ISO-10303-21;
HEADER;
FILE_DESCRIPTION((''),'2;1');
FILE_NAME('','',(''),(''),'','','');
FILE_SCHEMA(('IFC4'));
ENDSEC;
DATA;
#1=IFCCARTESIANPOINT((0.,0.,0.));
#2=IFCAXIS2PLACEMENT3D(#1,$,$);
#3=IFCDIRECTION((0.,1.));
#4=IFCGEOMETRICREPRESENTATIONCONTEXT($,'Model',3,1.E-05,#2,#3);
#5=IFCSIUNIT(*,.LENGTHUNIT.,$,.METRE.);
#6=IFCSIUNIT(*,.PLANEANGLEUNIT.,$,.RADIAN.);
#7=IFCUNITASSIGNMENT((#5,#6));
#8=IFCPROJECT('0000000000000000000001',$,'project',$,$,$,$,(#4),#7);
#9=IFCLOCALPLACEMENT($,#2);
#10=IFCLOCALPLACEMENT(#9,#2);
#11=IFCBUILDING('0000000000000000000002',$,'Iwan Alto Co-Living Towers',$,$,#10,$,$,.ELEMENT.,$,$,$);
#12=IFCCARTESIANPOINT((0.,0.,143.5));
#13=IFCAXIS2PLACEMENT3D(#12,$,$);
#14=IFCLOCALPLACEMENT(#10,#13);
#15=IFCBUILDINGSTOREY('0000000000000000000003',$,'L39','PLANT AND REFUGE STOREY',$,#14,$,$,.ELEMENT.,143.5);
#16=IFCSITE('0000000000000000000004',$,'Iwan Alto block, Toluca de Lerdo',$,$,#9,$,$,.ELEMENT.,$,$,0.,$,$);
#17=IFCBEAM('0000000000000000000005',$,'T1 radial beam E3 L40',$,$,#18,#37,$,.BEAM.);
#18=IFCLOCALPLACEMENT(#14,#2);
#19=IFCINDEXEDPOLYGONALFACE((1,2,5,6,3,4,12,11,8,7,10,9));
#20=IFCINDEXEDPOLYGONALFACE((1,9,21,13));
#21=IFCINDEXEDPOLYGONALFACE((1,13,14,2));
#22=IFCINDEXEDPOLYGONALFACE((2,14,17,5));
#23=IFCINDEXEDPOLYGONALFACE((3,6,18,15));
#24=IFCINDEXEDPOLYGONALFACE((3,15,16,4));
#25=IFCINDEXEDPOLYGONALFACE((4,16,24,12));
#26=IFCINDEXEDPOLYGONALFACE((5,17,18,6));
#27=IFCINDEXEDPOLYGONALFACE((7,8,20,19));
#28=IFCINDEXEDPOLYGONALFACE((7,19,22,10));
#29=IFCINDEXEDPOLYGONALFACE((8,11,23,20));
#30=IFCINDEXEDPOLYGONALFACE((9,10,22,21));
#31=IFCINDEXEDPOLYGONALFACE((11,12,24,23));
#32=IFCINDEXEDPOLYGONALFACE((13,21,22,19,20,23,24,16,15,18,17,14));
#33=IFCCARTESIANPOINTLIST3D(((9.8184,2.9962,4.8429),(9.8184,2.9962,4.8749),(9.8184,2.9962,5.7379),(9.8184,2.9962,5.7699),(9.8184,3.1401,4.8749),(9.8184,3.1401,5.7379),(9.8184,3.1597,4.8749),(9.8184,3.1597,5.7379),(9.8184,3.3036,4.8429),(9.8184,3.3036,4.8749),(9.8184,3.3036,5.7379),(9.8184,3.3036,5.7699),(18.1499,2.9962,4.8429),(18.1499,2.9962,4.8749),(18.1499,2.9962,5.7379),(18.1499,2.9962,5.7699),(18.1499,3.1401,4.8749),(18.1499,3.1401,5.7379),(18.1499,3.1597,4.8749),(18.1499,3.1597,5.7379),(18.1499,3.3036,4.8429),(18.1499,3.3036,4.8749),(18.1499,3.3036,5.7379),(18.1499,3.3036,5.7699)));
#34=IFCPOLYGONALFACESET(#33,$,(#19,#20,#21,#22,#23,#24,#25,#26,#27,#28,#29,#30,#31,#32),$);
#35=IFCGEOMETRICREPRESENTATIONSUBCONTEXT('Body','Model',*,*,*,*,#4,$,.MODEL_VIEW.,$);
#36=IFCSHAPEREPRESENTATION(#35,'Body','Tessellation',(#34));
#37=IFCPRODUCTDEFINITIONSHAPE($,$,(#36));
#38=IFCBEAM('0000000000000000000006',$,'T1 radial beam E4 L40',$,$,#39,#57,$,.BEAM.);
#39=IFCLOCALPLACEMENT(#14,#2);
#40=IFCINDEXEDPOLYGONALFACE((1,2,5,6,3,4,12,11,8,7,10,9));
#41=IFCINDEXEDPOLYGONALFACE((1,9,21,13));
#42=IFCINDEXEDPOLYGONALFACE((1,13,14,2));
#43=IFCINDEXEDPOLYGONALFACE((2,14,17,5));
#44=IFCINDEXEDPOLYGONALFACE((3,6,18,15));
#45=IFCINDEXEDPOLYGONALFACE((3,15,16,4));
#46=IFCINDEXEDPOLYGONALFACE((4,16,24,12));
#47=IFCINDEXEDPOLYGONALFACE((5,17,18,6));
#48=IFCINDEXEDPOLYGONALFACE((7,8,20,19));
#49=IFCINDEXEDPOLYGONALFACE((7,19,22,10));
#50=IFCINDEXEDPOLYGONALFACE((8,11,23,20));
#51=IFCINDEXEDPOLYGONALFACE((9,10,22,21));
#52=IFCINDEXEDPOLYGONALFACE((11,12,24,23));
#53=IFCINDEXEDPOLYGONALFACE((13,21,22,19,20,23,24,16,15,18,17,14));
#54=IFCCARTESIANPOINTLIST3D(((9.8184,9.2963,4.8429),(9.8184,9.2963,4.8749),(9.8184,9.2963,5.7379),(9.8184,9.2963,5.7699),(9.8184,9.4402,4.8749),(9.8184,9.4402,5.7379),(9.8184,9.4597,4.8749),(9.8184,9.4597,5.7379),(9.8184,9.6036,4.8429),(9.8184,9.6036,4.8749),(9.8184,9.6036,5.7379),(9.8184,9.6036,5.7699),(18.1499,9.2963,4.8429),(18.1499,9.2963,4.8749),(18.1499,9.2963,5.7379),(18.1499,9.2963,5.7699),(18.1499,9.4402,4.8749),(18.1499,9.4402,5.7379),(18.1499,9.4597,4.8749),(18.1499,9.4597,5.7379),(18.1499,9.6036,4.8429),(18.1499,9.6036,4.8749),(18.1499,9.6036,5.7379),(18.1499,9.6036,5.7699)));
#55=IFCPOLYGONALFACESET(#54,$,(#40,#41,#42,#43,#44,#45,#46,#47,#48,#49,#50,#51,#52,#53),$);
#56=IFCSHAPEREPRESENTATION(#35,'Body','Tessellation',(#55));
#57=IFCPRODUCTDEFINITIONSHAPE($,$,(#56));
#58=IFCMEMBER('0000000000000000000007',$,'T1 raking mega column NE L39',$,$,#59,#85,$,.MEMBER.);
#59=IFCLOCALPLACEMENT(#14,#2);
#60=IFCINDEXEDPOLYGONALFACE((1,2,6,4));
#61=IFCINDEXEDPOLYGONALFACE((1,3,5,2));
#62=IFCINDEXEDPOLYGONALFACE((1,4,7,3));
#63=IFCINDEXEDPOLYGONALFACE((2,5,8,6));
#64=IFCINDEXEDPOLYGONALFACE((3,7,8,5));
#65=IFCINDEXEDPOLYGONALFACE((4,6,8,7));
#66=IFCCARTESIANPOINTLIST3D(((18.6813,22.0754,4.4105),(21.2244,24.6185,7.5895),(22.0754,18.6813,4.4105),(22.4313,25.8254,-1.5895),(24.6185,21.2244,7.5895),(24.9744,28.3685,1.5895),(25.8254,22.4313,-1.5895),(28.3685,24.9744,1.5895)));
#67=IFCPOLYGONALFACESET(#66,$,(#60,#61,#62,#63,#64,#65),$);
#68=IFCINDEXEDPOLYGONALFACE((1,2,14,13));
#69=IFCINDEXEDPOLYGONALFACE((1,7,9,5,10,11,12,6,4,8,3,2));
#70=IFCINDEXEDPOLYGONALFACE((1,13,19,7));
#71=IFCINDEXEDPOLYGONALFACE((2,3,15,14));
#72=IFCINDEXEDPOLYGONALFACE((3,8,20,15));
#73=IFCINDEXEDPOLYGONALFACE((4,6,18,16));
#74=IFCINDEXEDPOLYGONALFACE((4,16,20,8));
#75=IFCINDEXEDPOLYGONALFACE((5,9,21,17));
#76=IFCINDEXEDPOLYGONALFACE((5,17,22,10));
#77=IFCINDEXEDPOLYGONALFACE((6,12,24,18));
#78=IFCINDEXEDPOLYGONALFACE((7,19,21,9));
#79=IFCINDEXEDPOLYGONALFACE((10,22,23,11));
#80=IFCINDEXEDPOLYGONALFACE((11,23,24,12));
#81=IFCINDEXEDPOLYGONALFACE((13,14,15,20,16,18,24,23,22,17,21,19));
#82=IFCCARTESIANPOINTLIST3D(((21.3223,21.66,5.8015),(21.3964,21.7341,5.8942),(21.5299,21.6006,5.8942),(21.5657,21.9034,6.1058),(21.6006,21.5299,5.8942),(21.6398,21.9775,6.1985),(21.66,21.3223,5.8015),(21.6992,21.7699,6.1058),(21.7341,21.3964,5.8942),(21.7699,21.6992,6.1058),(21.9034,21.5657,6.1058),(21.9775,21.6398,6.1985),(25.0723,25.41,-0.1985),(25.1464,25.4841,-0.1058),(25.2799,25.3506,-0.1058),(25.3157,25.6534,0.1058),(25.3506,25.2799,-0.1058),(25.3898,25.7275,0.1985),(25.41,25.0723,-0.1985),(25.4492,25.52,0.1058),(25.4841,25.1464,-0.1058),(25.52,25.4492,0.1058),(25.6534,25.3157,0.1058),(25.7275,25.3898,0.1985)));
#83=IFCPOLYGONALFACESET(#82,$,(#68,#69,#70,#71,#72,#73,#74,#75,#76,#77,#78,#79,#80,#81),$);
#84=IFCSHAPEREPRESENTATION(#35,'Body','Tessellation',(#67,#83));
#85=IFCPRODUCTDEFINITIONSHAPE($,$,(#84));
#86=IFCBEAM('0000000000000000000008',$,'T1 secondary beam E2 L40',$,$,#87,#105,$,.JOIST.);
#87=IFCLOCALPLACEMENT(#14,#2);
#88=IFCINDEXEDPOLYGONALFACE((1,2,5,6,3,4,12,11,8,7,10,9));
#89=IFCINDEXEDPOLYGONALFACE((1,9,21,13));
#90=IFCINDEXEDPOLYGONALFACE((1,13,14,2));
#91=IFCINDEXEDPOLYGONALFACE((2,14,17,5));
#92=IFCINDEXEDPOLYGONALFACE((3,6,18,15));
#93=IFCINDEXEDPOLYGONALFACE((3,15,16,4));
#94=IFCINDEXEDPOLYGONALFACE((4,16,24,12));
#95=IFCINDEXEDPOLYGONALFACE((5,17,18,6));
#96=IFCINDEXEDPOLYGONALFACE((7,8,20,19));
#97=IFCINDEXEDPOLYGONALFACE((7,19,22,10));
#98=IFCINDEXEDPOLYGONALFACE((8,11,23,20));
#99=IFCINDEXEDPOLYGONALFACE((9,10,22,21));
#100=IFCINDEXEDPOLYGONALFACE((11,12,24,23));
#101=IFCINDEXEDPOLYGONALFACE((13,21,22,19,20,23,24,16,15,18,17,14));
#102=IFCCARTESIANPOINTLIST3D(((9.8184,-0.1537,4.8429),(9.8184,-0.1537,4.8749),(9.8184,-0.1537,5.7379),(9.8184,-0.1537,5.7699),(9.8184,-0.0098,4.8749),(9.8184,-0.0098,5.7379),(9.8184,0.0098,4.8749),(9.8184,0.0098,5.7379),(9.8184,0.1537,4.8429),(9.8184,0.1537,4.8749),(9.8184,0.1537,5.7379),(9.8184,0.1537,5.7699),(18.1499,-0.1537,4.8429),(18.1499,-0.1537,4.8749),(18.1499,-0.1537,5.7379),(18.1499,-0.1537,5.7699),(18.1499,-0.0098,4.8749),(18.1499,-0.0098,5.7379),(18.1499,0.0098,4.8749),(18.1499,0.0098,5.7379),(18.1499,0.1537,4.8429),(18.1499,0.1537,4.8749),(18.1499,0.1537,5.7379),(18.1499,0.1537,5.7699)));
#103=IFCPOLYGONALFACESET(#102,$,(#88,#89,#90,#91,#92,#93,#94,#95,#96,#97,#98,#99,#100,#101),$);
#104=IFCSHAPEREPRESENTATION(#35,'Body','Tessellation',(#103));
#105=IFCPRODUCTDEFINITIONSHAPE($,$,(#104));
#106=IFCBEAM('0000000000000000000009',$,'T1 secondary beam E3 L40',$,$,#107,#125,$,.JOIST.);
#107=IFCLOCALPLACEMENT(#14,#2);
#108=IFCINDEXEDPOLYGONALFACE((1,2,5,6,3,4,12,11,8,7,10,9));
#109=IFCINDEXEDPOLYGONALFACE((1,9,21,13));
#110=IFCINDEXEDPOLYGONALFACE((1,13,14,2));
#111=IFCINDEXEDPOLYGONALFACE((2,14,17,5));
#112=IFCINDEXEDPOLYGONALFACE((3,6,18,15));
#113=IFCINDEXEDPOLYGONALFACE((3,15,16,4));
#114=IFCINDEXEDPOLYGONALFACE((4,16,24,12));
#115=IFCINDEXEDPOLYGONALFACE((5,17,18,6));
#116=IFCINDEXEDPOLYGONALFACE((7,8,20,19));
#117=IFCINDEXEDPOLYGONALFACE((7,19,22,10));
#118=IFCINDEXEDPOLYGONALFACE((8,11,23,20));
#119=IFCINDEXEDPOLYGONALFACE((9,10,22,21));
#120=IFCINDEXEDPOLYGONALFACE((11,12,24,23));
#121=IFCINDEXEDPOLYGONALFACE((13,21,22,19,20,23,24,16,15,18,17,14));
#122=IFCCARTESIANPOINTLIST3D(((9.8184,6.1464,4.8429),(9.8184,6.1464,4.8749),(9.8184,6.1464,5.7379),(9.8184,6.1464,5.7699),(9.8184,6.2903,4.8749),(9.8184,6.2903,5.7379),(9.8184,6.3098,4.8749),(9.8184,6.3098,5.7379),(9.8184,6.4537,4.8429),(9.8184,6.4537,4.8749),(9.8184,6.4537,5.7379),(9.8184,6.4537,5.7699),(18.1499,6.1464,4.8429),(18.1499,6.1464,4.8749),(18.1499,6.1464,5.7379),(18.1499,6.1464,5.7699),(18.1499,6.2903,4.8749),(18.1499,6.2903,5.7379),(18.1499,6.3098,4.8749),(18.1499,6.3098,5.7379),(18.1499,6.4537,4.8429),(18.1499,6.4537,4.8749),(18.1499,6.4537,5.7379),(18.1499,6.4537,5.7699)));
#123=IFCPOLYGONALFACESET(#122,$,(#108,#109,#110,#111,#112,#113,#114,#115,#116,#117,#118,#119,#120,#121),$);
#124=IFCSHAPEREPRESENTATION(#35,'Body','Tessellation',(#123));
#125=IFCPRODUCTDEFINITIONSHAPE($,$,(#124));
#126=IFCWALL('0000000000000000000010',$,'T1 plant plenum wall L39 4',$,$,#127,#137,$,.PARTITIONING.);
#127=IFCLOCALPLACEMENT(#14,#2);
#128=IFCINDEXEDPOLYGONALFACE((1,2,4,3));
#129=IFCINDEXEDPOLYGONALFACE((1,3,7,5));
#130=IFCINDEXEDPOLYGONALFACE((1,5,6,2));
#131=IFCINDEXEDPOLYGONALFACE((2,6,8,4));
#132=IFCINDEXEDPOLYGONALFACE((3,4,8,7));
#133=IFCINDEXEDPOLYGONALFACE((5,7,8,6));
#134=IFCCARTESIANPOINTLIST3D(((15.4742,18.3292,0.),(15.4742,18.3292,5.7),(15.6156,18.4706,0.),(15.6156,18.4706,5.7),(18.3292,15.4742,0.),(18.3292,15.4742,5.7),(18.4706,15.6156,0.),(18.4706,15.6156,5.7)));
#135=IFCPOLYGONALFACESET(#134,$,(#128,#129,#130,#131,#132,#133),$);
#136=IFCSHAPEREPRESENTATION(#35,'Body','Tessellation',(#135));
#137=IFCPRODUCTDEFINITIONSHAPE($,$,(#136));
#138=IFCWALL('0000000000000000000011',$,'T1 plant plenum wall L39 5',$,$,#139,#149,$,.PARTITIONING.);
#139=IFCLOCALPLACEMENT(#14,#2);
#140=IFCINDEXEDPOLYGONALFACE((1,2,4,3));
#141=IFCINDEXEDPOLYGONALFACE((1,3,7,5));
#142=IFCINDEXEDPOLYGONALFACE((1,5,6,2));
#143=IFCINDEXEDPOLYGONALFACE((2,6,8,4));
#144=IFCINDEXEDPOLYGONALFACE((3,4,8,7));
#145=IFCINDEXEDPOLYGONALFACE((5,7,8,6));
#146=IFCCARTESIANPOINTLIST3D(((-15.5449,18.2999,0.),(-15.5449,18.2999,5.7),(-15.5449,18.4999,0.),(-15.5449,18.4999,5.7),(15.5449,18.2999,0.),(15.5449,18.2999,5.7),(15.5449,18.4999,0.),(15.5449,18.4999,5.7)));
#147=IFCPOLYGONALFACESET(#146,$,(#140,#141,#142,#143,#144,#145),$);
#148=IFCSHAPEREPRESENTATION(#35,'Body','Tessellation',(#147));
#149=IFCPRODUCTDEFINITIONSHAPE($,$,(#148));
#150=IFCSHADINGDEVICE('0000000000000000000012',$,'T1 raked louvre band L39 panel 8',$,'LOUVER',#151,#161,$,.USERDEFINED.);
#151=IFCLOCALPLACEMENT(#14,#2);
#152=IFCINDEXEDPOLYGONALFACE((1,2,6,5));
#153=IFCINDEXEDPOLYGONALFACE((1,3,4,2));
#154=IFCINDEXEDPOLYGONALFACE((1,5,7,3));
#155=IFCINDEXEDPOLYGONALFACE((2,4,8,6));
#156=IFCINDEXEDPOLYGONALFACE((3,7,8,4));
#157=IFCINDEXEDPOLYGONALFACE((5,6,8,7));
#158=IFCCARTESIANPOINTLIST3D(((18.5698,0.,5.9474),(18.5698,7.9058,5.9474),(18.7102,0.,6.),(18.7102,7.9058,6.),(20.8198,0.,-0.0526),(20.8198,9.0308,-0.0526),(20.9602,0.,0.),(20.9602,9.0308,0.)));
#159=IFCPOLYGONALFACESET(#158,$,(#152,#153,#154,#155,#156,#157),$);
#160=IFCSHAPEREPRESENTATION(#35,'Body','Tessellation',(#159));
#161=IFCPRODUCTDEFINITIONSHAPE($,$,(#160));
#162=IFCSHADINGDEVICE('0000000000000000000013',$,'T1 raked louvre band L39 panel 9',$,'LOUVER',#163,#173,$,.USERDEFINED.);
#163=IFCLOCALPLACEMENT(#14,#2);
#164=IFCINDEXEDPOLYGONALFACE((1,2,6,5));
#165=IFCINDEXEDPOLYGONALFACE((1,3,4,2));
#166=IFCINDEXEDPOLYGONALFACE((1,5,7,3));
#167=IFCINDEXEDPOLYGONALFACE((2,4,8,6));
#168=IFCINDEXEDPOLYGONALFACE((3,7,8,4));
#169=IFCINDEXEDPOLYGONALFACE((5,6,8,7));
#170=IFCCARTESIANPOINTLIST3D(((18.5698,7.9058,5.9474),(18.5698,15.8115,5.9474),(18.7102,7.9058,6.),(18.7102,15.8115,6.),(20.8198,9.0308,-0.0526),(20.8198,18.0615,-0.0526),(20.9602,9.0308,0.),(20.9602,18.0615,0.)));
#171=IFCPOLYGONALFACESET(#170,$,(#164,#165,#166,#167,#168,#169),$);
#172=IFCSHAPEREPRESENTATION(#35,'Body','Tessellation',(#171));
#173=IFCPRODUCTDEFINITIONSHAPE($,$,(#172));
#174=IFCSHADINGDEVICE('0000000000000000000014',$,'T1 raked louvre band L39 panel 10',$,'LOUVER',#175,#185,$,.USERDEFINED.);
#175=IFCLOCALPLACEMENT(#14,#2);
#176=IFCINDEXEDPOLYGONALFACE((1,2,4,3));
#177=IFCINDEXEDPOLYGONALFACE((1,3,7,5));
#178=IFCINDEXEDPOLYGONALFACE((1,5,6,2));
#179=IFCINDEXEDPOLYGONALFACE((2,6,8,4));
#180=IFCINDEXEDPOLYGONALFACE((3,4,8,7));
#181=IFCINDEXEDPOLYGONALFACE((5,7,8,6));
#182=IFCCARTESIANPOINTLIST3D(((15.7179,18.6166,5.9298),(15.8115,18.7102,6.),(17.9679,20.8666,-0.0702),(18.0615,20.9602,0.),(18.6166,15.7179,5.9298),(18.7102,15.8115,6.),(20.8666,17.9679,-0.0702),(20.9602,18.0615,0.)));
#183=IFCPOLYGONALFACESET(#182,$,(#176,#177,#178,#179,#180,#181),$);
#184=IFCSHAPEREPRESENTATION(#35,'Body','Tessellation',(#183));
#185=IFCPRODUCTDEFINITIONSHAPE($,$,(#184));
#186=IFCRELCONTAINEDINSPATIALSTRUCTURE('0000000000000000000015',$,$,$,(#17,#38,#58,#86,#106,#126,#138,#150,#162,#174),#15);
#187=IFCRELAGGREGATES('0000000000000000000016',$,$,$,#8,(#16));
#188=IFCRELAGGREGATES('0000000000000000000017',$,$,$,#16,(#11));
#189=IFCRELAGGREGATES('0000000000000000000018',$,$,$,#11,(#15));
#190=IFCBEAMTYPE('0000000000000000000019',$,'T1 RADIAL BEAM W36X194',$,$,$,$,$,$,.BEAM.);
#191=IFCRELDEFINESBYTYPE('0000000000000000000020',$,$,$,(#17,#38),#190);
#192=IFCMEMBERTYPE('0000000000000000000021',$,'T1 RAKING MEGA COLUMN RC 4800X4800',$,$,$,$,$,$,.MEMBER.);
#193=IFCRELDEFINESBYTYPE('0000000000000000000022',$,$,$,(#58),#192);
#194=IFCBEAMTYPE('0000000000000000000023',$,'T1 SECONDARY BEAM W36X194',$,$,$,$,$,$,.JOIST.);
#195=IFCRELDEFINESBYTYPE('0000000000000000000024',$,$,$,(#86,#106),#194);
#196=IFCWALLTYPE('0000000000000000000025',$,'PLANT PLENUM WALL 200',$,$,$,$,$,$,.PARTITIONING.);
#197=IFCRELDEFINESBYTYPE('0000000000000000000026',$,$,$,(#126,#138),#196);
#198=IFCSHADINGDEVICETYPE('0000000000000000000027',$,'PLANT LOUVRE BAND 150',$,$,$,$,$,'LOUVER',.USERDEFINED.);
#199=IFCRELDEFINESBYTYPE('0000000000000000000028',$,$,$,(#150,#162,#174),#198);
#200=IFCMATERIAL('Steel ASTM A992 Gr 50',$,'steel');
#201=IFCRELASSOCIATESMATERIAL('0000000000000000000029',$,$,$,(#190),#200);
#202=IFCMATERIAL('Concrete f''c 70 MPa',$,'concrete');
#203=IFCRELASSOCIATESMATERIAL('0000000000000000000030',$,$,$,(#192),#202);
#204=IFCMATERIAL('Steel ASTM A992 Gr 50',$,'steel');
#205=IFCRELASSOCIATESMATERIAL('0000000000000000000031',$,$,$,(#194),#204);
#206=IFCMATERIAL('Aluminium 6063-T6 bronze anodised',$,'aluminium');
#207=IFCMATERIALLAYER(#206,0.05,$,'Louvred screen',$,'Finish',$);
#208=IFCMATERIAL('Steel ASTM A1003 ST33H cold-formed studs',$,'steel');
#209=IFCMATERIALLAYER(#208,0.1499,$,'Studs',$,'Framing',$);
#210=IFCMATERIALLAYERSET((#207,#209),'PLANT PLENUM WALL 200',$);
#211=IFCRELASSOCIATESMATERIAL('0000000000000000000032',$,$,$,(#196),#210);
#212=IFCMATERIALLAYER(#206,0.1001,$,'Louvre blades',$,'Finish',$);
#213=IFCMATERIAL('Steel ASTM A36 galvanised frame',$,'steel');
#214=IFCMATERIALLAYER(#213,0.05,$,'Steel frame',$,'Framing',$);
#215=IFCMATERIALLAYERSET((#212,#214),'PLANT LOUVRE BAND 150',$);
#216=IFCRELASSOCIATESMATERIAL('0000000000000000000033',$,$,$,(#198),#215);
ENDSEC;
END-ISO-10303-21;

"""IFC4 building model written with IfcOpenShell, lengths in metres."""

from ifc_helpers import new_model, si_unit, direction, frame, frame_2d, origin, origin_2d, place, context, subcontext, project, spatial, polyline, rectangle, i_section, outline, extrude, material, layer, layer_set, material_profile, profile_set, type_object, element, save


model = new_model("IFC4")

# Units and contexts
model_context = context("Model", 3, precision=1e-05, world=origin(), true_north=direction((0.0, 1.0)))
body_context = subcontext(model_context, "Body", "Model", "MODEL_VIEW")
ifc_project = project(units=[si_unit("LENGTHUNIT", "METRE"), si_unit("PLANEANGLEUNIT", "RADIAN")], contexts=[model_context])

# Site, building, storey
site_placement = place(None, origin())
site = spatial("IfcSite", under=ifc_project, at=site_placement, Name="Iwan Alto block, Toluca de Lerdo", CompositionType="ELEMENT", RefElevation=0.0)
building_placement = place(site_placement, origin())
building = spatial("IfcBuilding", under=site, at=building_placement, Name="Iwan Alto Co-Living Towers", CompositionType="ELEMENT")
storey_placement = place(building_placement, frame((0.0, 0.0, 143.5)))
storey = spatial("IfcBuildingStorey", under=building, at=storey_placement, Name="L39", Description="PLANT AND REFUGE STOREY", CompositionType="ELEMENT", Elevation=143.5)

# Beams
ifc_material_1 = material(Name="Steel ASTM A992 Gr 50", Category="steel")
ifc_material_profile_1 = material_profile(ifc_material_1, i_section(OverallWidth=0.3074, OverallDepth=0.927, WebThickness=0.0195, FlangeThickness=0.032, at=origin_2d()), Name="W36X194")
ifc_profile_set_1 = profile_set([ifc_material_profile_1], Name="Steel ASTM A992 Gr 50")
beam_type_1 = type_object("IfcBeamType", Name="T1 RADIAL BEAM W36X194", PredefinedType="BEAM", material=ifc_profile_set_1)
for number, where, z_axis, x_axis, name in (
    (1, (18.1499, 3.1499, 5.3064), (-1.0, 0.0, 0.0), (0.0, -1.0, 0.0), "T1 radial beam E3 L40"),
    (2, (18.1499, 9.45, 5.3064), (-1.0, 0.0, 0.0), (0.0, -1.0, 0.0), "T1 radial beam E4 L40"),
):
    element("IfcBeam", number, at=place(storey_placement, frame(where, z_axis=z_axis, x_axis=x_axis)), inside=storey, type_object=beam_type_1, Name=name, PredefinedType="BEAM", context=body_context, shape_type="SweptSolid", body=[
        extrude(i_section(OverallWidth=0.3074, OverallDepth=0.927, WebThickness=0.0195, FlangeThickness=0.032, at=origin_2d()), origin(), (0.0, 0.0, 1.0), 8.3315),
    ])

# Member
ifc_material_2 = material(Name="Concrete f'c 70 MPa", Category="concrete")
ifc_material_profile_2 = material_profile(ifc_material_2, rectangle(XDim=4.8, YDim=4.8, at=origin_2d()), Name="RC 4800X4800")
ifc_profile_set_2 = profile_set([ifc_material_profile_2], Name="Concrete f'c 70 MPa")
member_type_1 = type_object("IfcMemberType", Name="T1 RAKING MEGA COLUMN RC 4800X4800", PredefinedType="MEMBER", material=ifc_profile_set_2)
member_1_placement = place(storey_placement, frame((25.3999, 25.3999, 0.0), z_axis=(-0.468293, -0.468293, 0.749269), x_axis=(0.707107, -0.707107, 0.0)))
element("IfcMember", 3, at=member_1_placement, inside=storey, type_object=member_type_1, Name="T1 raking mega column NE L39", PredefinedType="MEMBER", context=body_context, shape_type="SweptSolid", body=[
    extrude(rectangle(XDim=4.8, YDim=4.8, at=origin_2d()), origin(), (0.0, 0.0, 1.0), 8.0078),
    extrude(i_section(OverallWidth=0.4775, OverallDepth=0.5994, WebThickness=0.1001, FlangeThickness=0.1399, at=origin_2d()), origin(), (0.0, 0.0, 1.0), 8.0078),
])

# Beams
ifc_material_3 = material(Name="Steel ASTM A992 Gr 50", Category="steel")
ifc_material_profile_3 = material_profile(ifc_material_3, i_section(OverallWidth=0.3074, OverallDepth=0.927, WebThickness=0.0195, FlangeThickness=0.032, at=origin_2d()), Name="W36X194")
ifc_profile_set_3 = profile_set([ifc_material_profile_3], Name="Steel ASTM A992 Gr 50")
beam_type_2 = type_object("IfcBeamType", Name="T1 SECONDARY BEAM W36X194", PredefinedType="JOIST", material=ifc_profile_set_3)
for number, where, z_axis, x_axis, name in (
    (4, (18.1499, 0.0, 5.3064), (-1.0, 0.0, 0.0), (0.0, -1.0, 0.0), "T1 secondary beam E2 L40"),
    (5, (18.1499, 6.3, 5.3064), (-1.0, 0.0, 0.0), (0.0, -1.0, 0.0), "T1 secondary beam E3 L40"),
):
    element("IfcBeam", number, at=place(storey_placement, frame(where, z_axis=z_axis, x_axis=x_axis)), inside=storey, type_object=beam_type_2, Name=name, PredefinedType="JOIST", context=body_context, shape_type="SweptSolid", body=[
        extrude(i_section(OverallWidth=0.3074, OverallDepth=0.927, WebThickness=0.0195, FlangeThickness=0.032, at=origin_2d()), origin(), (0.0, 0.0, 1.0), 8.3315),
    ])

# Walls
ifc_material_4 = material(Name="Aluminium 6063-T6 bronze anodised", Category="aluminium")
ifc_layer_1 = layer(ifc_material_4, 0.05, Name="Louvred screen", Category="Finish")
ifc_material_5 = material(Name="Steel ASTM A1003 ST33H cold-formed studs", Category="steel")
ifc_layer_2 = layer(ifc_material_5, 0.1499, Name="Studs", Category="Framing")
ifc_layer_set_1 = layer_set([ifc_layer_1, ifc_layer_2], Name="PLANT PLENUM WALL 200")
wall_type = type_object("IfcWallType", Name="PLANT PLENUM WALL 200", PredefinedType="PARTITIONING", material=ifc_layer_set_1)
wall_1_placement = place(storey_placement, frame((18.3999, 15.5449, 0.0), z_axis=(0.0, 0.0, 1.0), x_axis=(-0.707107, 0.707107, 0.0)))
element("IfcWall", 6, at=wall_1_placement, inside=storey, type_object=wall_type, Name="T1 plant plenum wall L39 4", PredefinedType="PARTITIONING", context=body_context, shape_type="SweptSolid", body=[
    extrude(rectangle(XDim=4.0376, YDim=0.2, at=frame_2d((2.0188, 0.0))), origin(), (0.0, 0.0, 1.0), 5.7),
])
wall_2_placement = place(storey_placement, frame((15.5449, 18.3999, 0.0), z_axis=(0.0, 0.0, 1.0), x_axis=(-1.0, 0.0, 0.0)))
element("IfcWall", 7, at=wall_2_placement, inside=storey, type_object=wall_type, Name="T1 plant plenum wall L39 5", PredefinedType="PARTITIONING", context=body_context, shape_type="SweptSolid", body=[
    extrude(rectangle(XDim=31.0898, YDim=0.2, at=frame_2d((15.5449, 0.0))), origin(), (0.0, 0.0, 1.0), 5.7),
])

# Shading devices
ifc_layer_3 = layer(ifc_material_4, 0.1001, Name="Louvre blades", Category="Finish")
ifc_material_6 = material(Name="Steel ASTM A36 galvanised frame", Category="steel")
ifc_layer_4 = layer(ifc_material_6, 0.05, Name="Steel frame", Category="Framing")
ifc_layer_set_2 = layer_set([ifc_layer_3, ifc_layer_4], Name="PLANT LOUVRE BAND 150")
shading_device_type = type_object("IfcShadingDeviceType", Name="PLANT LOUVRE BAND 150", ElementType="LOUVER", PredefinedType="USERDEFINED", material=ifc_layer_set_2)
shading_device_1_placement = place(storey_placement, frame((20.9602, 0.0, 0.0), z_axis=(0.936329, 0.0, 0.351123), x_axis=(0.0, 1.0, 0.0)))
element("IfcShadingDevice", 8, at=shading_device_1_placement, inside=storey, type_object=shading_device_type, Name="T1 raked louvre band L39 panel 8", ObjectType="LOUVER", PredefinedType="USERDEFINED", context=body_context, shape_type="SweptSolid", body=[
    extrude(outline(polyline([(0.0, 0.0), (9.0308, 0.0), (7.9058, 6.408), (0.0, 6.408), (0.0, 0.0)])), origin(), (0.0, 0.0, -1.0), 0.1499),
])
shading_device_2_placement = place(storey_placement, frame((20.9602, 9.0308, 0.0), z_axis=(0.936329, 0.0, 0.351123), x_axis=(0.0, 1.0, 0.0)))
element("IfcShadingDevice", 9, at=shading_device_2_placement, inside=storey, type_object=shading_device_type, Name="T1 raked louvre band L39 panel 9", ObjectType="LOUVER", PredefinedType="USERDEFINED", context=body_context, shape_type="SweptSolid", body=[
    extrude(outline(polyline([(0.0, 0.0), (9.0308, 0.0), (6.7808, 6.408), (-1.125, 6.408), (0.0, 0.0)])), origin(), (0.0, 0.0, -1.0), 0.1499),
])
shading_device_3_placement = place(storey_placement, frame((20.9602, 18.0615, 0.0), z_axis=(0.624695, 0.624695, 0.468521), x_axis=(-0.707107, 0.707107, 0.0)))
element("IfcShadingDevice", 10, at=shading_device_3_placement, inside=storey, type_object=shading_device_type, Name="T1 raked louvre band L39 panel 10", ObjectType="LOUVER", PredefinedType="USERDEFINED", context=body_context, shape_type="SweptSolid", body=[
    extrude(outline(polyline([(0.0, 0.0), (4.0994, 0.0), (4.0994, 6.7915), (0.0, 6.7915), (0.0, 0.0)])), origin(), (0.0, 0.0, -1.0), 0.1499),
])

save(model, "model.ifc")
